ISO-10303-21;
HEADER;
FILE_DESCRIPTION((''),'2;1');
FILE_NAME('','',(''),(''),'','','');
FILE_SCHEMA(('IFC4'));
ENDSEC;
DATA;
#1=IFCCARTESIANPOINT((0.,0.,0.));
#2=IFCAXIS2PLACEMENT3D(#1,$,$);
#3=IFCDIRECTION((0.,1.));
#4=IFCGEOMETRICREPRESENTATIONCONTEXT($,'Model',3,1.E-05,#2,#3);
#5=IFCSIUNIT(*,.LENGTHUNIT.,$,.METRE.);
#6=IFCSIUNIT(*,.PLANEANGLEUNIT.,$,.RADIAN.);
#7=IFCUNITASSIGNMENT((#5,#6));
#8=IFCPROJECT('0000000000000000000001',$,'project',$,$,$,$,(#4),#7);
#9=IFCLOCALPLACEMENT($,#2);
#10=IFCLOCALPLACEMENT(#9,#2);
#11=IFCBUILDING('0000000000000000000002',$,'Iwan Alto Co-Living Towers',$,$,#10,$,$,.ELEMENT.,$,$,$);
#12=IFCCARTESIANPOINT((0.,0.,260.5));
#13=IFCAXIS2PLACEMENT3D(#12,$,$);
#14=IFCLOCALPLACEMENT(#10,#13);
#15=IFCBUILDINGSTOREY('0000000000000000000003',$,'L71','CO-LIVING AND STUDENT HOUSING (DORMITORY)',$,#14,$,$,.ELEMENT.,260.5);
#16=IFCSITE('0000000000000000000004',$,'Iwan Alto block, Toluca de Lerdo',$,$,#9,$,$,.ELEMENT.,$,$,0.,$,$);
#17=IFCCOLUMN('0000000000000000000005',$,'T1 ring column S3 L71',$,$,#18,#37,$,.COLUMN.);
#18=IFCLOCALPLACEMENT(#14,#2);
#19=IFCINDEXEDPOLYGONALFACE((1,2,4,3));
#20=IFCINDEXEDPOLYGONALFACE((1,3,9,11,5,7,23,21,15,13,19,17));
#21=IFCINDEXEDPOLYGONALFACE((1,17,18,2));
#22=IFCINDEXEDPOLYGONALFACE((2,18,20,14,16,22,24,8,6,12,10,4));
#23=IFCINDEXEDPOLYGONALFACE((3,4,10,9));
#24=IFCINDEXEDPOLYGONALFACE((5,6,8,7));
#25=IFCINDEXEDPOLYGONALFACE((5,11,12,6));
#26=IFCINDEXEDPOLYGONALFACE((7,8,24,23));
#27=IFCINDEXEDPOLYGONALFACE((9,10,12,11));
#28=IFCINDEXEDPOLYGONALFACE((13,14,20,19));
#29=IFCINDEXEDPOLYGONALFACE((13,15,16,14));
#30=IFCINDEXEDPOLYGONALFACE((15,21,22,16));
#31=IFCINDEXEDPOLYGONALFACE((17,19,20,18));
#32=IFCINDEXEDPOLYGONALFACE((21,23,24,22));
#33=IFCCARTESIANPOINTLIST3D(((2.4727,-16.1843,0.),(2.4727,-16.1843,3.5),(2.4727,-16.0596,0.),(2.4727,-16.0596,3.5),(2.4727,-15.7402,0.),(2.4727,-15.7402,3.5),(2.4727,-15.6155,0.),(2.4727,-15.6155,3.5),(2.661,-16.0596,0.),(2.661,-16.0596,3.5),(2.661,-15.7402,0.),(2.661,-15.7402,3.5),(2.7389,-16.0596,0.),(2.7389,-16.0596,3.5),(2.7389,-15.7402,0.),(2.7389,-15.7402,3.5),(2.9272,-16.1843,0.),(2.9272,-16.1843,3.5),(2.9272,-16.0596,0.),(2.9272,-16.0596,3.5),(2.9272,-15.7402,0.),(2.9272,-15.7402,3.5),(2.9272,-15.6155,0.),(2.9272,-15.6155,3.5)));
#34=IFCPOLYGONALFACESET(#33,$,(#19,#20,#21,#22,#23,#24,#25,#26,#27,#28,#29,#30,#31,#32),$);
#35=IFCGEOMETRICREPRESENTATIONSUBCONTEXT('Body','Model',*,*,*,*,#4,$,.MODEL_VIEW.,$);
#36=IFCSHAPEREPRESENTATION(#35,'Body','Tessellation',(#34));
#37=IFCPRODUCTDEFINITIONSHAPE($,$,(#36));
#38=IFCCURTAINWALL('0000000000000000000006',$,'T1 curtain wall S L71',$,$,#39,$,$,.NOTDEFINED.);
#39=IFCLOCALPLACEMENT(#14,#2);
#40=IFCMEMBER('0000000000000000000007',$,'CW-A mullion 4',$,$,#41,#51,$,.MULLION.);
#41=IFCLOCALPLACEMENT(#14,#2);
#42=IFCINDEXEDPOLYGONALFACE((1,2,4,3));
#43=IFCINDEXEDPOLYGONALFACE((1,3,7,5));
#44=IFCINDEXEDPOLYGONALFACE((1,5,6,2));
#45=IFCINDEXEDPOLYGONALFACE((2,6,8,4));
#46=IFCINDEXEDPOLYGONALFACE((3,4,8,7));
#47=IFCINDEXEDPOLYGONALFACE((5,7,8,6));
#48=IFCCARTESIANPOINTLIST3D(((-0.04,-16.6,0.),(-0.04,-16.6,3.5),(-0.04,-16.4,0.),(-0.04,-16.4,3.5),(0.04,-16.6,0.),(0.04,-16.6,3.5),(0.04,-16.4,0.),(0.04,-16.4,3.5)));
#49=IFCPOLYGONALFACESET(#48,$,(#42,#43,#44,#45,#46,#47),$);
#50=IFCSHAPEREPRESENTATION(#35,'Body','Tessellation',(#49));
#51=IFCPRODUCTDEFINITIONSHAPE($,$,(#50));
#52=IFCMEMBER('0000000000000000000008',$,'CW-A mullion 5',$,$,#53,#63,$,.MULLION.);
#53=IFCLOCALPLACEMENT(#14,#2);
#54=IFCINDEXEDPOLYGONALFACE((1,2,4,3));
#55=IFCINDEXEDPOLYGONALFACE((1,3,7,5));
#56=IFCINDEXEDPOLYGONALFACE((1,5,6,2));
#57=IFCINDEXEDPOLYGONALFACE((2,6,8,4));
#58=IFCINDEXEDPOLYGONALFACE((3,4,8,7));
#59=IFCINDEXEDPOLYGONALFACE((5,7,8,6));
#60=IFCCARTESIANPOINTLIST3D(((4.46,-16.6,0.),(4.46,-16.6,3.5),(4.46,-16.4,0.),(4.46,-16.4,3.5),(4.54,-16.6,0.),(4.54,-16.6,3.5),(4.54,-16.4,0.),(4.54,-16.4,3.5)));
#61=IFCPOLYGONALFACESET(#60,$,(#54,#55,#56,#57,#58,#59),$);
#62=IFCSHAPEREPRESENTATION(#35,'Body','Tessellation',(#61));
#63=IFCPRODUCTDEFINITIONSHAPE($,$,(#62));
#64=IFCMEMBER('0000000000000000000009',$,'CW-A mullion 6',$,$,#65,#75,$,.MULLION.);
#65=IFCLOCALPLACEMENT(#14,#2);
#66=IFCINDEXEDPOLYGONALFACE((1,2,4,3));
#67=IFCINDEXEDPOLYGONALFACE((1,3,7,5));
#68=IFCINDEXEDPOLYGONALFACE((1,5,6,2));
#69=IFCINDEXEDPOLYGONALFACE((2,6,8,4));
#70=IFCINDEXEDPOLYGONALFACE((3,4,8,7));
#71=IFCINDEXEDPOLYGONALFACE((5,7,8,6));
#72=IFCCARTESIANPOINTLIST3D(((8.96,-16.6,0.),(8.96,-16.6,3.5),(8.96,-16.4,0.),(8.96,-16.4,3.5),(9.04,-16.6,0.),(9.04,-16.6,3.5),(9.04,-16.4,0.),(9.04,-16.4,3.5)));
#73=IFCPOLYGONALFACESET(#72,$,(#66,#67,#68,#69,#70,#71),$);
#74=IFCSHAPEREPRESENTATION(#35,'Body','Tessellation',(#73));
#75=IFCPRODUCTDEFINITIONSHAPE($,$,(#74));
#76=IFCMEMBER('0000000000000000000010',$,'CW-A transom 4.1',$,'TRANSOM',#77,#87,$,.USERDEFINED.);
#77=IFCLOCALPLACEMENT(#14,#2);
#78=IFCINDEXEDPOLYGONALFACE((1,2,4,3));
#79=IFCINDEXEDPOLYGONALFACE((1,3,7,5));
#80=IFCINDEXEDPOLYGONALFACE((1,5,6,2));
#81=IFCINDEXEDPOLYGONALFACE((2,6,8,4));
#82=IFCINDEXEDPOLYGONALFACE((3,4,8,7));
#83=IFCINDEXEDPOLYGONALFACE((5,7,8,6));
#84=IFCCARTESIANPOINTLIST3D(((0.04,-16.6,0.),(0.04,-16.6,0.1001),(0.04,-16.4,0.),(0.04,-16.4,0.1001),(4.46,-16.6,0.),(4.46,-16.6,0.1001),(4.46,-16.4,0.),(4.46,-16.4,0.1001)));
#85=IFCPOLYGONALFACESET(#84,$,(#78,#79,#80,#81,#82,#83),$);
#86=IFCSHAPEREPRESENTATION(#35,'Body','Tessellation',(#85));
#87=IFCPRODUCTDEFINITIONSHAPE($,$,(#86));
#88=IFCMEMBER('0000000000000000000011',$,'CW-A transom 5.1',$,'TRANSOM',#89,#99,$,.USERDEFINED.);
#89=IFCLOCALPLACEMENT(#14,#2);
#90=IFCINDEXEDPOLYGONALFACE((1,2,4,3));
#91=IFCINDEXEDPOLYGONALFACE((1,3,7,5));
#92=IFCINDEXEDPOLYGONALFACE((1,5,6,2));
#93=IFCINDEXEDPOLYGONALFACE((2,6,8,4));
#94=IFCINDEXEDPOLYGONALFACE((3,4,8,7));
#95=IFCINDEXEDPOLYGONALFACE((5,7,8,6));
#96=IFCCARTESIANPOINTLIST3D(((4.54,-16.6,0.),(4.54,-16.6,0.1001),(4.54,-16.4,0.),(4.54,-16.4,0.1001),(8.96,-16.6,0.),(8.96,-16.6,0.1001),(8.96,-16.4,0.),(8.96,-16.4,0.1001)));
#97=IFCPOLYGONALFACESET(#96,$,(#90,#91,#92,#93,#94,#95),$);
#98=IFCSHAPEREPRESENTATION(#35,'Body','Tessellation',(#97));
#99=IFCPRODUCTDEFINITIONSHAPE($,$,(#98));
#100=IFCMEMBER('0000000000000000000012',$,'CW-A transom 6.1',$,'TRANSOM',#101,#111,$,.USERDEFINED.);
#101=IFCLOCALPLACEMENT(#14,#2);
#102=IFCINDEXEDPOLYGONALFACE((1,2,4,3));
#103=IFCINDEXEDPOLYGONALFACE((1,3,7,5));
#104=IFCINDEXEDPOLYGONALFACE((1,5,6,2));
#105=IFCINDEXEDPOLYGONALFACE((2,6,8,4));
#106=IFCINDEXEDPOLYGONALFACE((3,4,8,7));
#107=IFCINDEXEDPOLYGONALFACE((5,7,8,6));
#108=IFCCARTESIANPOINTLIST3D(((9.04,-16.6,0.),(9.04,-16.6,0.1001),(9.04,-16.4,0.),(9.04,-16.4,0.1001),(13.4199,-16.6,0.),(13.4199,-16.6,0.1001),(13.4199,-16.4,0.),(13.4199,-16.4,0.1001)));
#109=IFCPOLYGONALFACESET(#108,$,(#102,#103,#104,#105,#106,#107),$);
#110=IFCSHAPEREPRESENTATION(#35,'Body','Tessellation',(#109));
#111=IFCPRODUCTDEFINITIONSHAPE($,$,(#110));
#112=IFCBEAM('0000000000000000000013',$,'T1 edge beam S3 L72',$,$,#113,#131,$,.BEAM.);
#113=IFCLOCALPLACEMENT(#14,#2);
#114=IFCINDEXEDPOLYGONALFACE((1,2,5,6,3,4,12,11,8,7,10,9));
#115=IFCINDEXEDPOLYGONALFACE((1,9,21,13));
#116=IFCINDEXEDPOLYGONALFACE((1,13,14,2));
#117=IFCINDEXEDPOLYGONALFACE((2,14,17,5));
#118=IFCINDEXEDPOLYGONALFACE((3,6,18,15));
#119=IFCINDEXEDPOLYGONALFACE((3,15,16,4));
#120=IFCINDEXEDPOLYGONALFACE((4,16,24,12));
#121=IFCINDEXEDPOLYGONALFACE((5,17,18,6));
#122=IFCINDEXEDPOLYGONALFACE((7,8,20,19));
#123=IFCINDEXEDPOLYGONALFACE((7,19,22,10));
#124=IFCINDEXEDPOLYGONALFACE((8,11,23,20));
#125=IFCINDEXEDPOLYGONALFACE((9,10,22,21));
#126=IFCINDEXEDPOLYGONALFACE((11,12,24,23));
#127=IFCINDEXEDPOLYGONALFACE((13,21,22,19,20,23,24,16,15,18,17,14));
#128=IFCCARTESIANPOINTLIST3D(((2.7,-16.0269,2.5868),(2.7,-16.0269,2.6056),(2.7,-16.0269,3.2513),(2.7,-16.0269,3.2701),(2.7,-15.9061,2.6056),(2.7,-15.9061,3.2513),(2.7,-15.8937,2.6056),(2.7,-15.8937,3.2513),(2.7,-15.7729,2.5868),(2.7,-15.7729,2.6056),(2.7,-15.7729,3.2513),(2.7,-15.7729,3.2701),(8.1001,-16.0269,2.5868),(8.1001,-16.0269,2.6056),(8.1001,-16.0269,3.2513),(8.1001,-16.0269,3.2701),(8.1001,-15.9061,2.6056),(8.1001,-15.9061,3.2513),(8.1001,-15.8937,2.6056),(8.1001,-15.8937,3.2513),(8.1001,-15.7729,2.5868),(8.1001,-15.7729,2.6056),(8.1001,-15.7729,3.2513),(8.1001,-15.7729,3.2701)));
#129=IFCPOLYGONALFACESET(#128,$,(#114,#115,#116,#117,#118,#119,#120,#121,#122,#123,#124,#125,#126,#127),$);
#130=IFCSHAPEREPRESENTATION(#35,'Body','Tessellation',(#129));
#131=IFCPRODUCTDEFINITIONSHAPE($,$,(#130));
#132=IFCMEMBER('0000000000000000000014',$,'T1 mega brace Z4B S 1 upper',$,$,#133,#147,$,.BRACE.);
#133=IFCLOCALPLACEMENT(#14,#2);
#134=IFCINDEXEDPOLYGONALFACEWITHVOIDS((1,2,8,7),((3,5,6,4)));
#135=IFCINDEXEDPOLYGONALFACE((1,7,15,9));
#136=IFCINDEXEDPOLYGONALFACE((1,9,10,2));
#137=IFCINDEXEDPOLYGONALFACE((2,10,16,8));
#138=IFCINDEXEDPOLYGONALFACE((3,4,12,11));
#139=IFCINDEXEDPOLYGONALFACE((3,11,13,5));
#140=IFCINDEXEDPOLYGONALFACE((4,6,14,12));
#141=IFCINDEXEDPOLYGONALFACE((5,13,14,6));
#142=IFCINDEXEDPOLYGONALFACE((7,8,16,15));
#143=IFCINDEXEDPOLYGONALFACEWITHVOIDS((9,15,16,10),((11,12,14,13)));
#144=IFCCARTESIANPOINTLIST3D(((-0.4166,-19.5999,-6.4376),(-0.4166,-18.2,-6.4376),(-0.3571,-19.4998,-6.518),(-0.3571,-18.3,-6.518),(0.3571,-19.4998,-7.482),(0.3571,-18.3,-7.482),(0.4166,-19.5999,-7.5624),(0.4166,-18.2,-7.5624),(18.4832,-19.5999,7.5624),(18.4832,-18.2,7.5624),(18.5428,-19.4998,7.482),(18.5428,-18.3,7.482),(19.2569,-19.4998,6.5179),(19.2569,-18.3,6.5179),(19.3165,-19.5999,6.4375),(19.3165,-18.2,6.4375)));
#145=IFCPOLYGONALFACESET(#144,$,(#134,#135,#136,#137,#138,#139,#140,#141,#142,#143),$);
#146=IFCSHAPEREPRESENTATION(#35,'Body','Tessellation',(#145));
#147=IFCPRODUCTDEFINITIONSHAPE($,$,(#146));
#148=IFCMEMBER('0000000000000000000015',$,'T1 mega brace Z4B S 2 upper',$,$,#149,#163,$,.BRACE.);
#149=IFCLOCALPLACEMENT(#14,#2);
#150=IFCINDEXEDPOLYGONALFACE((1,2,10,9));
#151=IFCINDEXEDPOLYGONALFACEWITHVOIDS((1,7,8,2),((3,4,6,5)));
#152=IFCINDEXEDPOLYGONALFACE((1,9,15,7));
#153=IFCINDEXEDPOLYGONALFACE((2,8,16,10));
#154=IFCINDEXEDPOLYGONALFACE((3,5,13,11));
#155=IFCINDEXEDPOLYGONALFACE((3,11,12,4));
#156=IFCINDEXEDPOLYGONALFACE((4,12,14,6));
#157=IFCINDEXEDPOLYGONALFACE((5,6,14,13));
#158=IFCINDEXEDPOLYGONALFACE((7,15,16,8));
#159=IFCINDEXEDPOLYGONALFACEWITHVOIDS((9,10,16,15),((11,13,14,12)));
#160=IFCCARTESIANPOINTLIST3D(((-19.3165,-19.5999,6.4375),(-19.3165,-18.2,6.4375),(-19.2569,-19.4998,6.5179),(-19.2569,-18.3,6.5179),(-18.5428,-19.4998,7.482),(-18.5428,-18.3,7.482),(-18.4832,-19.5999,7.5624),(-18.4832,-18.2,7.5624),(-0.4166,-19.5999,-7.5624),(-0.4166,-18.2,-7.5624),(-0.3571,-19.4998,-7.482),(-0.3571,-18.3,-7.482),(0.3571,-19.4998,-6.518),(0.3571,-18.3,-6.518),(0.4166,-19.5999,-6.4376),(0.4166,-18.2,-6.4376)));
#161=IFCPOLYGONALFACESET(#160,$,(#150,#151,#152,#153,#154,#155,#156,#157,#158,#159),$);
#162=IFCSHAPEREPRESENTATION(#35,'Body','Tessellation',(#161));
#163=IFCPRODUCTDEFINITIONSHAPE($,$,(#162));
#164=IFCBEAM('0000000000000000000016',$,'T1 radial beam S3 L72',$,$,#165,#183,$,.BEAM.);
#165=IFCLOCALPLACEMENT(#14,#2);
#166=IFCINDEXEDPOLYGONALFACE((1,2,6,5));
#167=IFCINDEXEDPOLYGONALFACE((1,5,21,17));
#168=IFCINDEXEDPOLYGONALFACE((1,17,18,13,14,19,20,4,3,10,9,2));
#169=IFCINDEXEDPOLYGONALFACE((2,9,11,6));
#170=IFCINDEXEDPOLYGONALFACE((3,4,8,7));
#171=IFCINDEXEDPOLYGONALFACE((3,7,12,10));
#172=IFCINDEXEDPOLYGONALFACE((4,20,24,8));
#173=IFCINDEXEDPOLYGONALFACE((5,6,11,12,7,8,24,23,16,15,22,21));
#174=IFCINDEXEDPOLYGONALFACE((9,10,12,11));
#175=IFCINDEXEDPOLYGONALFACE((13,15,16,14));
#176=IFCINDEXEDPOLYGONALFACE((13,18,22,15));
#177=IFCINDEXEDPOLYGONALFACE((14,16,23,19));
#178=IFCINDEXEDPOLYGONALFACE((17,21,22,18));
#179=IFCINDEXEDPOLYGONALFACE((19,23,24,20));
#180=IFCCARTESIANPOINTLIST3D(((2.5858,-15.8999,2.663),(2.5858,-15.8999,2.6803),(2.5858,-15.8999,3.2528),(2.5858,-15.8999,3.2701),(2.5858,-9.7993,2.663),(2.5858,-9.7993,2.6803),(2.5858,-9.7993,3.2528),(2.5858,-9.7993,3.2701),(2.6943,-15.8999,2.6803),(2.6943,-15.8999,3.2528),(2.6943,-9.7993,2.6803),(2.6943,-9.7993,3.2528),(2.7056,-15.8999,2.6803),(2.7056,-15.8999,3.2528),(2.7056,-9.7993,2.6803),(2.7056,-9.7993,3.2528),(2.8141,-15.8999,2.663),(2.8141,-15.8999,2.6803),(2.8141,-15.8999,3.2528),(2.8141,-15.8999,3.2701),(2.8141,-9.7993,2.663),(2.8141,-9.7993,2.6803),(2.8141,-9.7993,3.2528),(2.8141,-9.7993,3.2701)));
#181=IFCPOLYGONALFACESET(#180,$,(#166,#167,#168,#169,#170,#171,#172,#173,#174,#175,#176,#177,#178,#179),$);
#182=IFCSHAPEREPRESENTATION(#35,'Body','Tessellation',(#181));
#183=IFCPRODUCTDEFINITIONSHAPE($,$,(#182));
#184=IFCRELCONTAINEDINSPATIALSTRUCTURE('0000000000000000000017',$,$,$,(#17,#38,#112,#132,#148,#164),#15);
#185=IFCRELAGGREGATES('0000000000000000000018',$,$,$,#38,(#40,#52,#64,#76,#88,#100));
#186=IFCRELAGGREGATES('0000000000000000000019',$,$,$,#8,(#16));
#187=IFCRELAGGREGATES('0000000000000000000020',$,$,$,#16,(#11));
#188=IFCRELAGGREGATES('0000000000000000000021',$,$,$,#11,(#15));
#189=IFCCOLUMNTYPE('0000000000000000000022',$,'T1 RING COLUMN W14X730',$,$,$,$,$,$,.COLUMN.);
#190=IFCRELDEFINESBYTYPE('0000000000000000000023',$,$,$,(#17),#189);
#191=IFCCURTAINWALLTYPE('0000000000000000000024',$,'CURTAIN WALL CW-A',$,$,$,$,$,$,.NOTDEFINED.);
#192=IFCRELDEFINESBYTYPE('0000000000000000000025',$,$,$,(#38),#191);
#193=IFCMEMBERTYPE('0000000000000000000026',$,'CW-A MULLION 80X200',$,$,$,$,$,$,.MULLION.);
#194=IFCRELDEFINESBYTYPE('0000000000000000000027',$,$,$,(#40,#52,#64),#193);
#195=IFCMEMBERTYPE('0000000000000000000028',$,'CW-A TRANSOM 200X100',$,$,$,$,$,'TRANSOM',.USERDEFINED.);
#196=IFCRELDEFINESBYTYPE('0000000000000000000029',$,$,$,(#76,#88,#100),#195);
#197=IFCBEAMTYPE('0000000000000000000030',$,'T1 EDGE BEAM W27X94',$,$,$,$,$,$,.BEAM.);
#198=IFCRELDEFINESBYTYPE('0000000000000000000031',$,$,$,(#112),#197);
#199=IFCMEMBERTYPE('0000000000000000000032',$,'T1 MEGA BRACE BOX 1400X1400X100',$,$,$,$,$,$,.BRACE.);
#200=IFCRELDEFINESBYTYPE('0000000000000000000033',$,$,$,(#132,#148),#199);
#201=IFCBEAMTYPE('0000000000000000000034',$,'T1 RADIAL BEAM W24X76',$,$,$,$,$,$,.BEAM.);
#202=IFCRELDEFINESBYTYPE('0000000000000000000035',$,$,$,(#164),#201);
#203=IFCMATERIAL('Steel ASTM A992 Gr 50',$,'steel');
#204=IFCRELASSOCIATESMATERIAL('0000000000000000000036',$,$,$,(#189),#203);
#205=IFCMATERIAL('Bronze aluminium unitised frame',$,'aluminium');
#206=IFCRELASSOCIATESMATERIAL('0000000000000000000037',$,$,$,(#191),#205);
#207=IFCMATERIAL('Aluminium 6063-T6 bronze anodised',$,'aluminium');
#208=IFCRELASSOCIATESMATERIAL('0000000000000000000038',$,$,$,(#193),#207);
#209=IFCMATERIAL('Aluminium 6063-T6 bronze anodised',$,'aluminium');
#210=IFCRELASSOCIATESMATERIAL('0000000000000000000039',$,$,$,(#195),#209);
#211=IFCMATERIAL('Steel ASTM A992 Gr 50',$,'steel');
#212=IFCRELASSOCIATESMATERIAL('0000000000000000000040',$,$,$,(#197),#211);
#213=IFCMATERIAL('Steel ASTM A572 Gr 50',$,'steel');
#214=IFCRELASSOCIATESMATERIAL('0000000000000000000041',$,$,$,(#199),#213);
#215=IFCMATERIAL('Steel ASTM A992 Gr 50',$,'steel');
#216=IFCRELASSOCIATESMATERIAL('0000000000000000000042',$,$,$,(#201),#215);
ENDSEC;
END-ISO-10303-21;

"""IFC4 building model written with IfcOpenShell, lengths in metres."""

from ifc_helpers import new_model, si_unit, direction, frame, origin, origin_2d, place, context, subcontext, project, spatial, rectangle, hollow_rectangle, i_section, extrude, material, material_profile, profile_set, type_object, element, aggregate, save


model = new_model("IFC4")

# Units and contexts
model_context = context("Model", 3, precision=1e-05, world=origin(), true_north=direction((0.0, 1.0)))
body_context = subcontext(model_context, "Body", "Model", "MODEL_VIEW")
ifc_project = project(units=[si_unit("LENGTHUNIT", "METRE"), si_unit("PLANEANGLEUNIT", "RADIAN")], contexts=[model_context])

# Site, building, storey
site_placement = place(None, origin())
site = spatial("IfcSite", under=ifc_project, at=site_placement, Name="Iwan Alto block, Toluca de Lerdo", CompositionType="ELEMENT", RefElevation=0.0)
building_placement = place(site_placement, origin())
building = spatial("IfcBuilding", under=site, at=building_placement, Name="Iwan Alto Co-Living Towers", CompositionType="ELEMENT")
storey_placement = place(building_placement, frame((0.0, 0.0, 260.5)))
storey = spatial("IfcBuildingStorey", under=building, at=storey_placement, Name="L71", Description="CO-LIVING AND STUDENT HOUSING (DORMITORY)", CompositionType="ELEMENT", Elevation=260.5)

# Column
ifc_material_1 = material(Name="Steel ASTM A992 Gr 50", Category="steel")
ifc_material_profile_1 = material_profile(ifc_material_1, i_section(OverallWidth=0.4546, OverallDepth=0.5688, WebThickness=0.0779, FlangeThickness=0.1248, at=origin_2d()), Name="W14X730")
ifc_profile_set_1 = profile_set([ifc_material_profile_1], Name="Steel ASTM A992 Gr 50")
column_type = type_object("IfcColumnType", Name="T1 RING COLUMN W14X730", PredefinedType="COLUMN", material=ifc_profile_set_1)
column_placement = place(storey_placement, frame((2.7, -15.8999, 0.0), z_axis=(0.0, 0.0, 1.0), x_axis=(1.0, 0.0, 0.0)))
element("IfcColumn", 1, at=column_placement, inside=storey, type_object=column_type, Name="T1 ring column S3 L71", PredefinedType="COLUMN", context=body_context, shape_type="SweptSolid", body=[
    extrude(i_section(OverallWidth=0.4546, OverallDepth=0.5688, WebThickness=0.0779, FlangeThickness=0.1248, at=origin_2d()), origin(), (0.0, 0.0, 1.0), 3.5),
])

# Curtain wall, members
ifc_material_2 = material(Name="Bronze aluminium unitised frame", Category="aluminium")
curtain_wall_type = type_object("IfcCurtainWallType", Name="CURTAIN WALL CW-A", PredefinedType="NOTDEFINED", material=ifc_material_2)
curtain_wall_placement = place(storey_placement, origin())
curtain_wall = element("IfcCurtainWall", 2, at=curtain_wall_placement, inside=storey, type_object=curtain_wall_type, Name="T1 curtain wall S L71", PredefinedType="NOTDEFINED")
ifc_material_3 = material(Name="Aluminium 6063-T6 bronze anodised", Category="aluminium")
ifc_material_profile_2 = material_profile(ifc_material_3, rectangle(XDim=0.2, YDim=0.0801, at=origin_2d()), Name="AL 80X200")
ifc_profile_set_2 = profile_set([ifc_material_profile_2], Name="Aluminium 6063-T6 bronze anodised")
member_type_1 = type_object("IfcMemberType", Name="CW-A MULLION 80X200", PredefinedType="MULLION", material=ifc_profile_set_2)
member_1_placement = place(storey_placement, frame((0.0, -16.5, 0.0), z_axis=(0.0, 0.0, 1.0), x_axis=(0.0, 1.0, 0.0)))
member_1 = element("IfcMember", 3, at=member_1_placement, type_object=member_type_1, Name="CW-A mullion 4", PredefinedType="MULLION", context=body_context, shape_type="SweptSolid", body=[
    extrude(rectangle(XDim=0.2, YDim=0.0801, at=origin_2d()), origin(), (0.0, 0.0, 1.0), 3.5),
])
member_2_placement = place(storey_placement, frame((4.5, -16.5, 0.0), z_axis=(0.0, 0.0, 1.0), x_axis=(0.0, 1.0, 0.0)))
member_2 = element("IfcMember", 4, at=member_2_placement, type_object=member_type_1, Name="CW-A mullion 5", PredefinedType="MULLION", context=body_context, shape_type="SweptSolid", body=[
    extrude(rectangle(XDim=0.2, YDim=0.0801, at=origin_2d()), origin(), (0.0, 0.0, 1.0), 3.5),
])
member_3_placement = place(storey_placement, frame((9.0, -16.5, 0.0), z_axis=(0.0, 0.0, 1.0), x_axis=(0.0, 1.0, 0.0)))
member_3 = element("IfcMember", 5, at=member_3_placement, type_object=member_type_1, Name="CW-A mullion 6", PredefinedType="MULLION", context=body_context, shape_type="SweptSolid", body=[
    extrude(rectangle(XDim=0.2, YDim=0.0801, at=origin_2d()), origin(), (0.0, 0.0, 1.0), 3.5),
])
ifc_material_4 = material(Name="Aluminium 6063-T6 bronze anodised", Category="aluminium")
ifc_material_profile_3 = material_profile(ifc_material_4, rectangle(XDim=0.2, YDim=0.1001, at=origin_2d()), Name="AL 200X100")
ifc_profile_set_3 = profile_set([ifc_material_profile_3], Name="Aluminium 6063-T6 bronze anodised")
member_type_2 = type_object("IfcMemberType", Name="CW-A TRANSOM 200X100", ElementType="TRANSOM", PredefinedType="USERDEFINED", material=ifc_profile_set_3)
member_4_placement = place(storey_placement, frame((0.04, -16.5, 0.05), z_axis=(1.0, 0.0, 0.0), x_axis=(0.0, 1.0, 0.0)))
member_4 = element("IfcMember", 6, at=member_4_placement, type_object=member_type_2, Name="CW-A transom 4.1", ObjectType="TRANSOM", PredefinedType="USERDEFINED", context=body_context, shape_type="SweptSolid", body=[
    extrude(rectangle(XDim=0.2, YDim=0.1001, at=origin_2d()), origin(), (0.0, 0.0, 1.0), 4.4199),
])
member_5_placement = place(storey_placement, frame((4.54, -16.5, 0.05), z_axis=(1.0, 0.0, 0.0), x_axis=(0.0, 1.0, 0.0)))
member_5 = element("IfcMember", 7, at=member_5_placement, type_object=member_type_2, Name="CW-A transom 5.1", ObjectType="TRANSOM", PredefinedType="USERDEFINED", context=body_context, shape_type="SweptSolid", body=[
    extrude(rectangle(XDim=0.2, YDim=0.1001, at=origin_2d()), origin(), (0.0, 0.0, 1.0), 4.4199),
])
member_6_placement = place(storey_placement, frame((9.04, -16.5, 0.05), z_axis=(1.0, 0.0, 0.0), x_axis=(0.0, 1.0, 0.0)))
member_6 = element("IfcMember", 8, at=member_6_placement, type_object=member_type_2, Name="CW-A transom 6.1", ObjectType="TRANSOM", PredefinedType="USERDEFINED", context=body_context, shape_type="SweptSolid", body=[
    extrude(rectangle(XDim=0.2, YDim=0.1001, at=origin_2d()), origin(), (0.0, 0.0, 1.0), 4.3799),
])

# Beam
ifc_material_5 = material(Name="Steel ASTM A992 Gr 50", Category="steel")
ifc_material_profile_4 = material_profile(ifc_material_5, i_section(OverallWidth=0.2539, OverallDepth=0.6833, WebThickness=0.0125, FlangeThickness=0.0188, at=origin_2d()), Name="W27X94")
ifc_profile_set_4 = profile_set([ifc_material_profile_4], Name="Steel ASTM A992 Gr 50")
beam_type_1 = type_object("IfcBeamType", Name="T1 EDGE BEAM W27X94", PredefinedType="BEAM", material=ifc_profile_set_4)
beam_1_placement = place(storey_placement, frame((2.7, -15.8999, 2.9285), z_axis=(1.0, 0.0, 0.0), x_axis=(0.0, 1.0, 0.0)))
element("IfcBeam", 9, at=beam_1_placement, inside=storey, type_object=beam_type_1, Name="T1 edge beam S3 L72", PredefinedType="BEAM", context=body_context, shape_type="SweptSolid", body=[
    extrude(i_section(OverallWidth=0.2539, OverallDepth=0.6833, WebThickness=0.0125, FlangeThickness=0.0188, at=origin_2d()), origin(), (0.0, 0.0, 1.0), 5.4001),
])

# Members
ifc_material_6 = material(Name="Steel ASTM A572 Gr 50", Category="steel")
ifc_material_profile_5 = material_profile(ifc_material_6, hollow_rectangle(XDim=1.3999, YDim=1.3999, WallThickness=0.1001, at=origin_2d()), Name="BOX 1400X1400X100")
ifc_profile_set_5 = profile_set([ifc_material_profile_5], Name="Steel ASTM A572 Gr 50")
member_type_3 = type_object("IfcMemberType", Name="T1 MEGA BRACE BOX 1400X1400X100", PredefinedType="BRACE", material=ifc_profile_set_5)
for number, where, z_axis, x_axis, name in (
    (10, (0.0, -18.8999, -7.0), (0.803556, 0.0, 0.59523), (0.0, 1.0, 0.0), "T1 mega brace Z4B S 1 upper"),
    (11, (0.0, -18.8999, -7.0), (-0.803556, 0.0, 0.59523), (0.0, -1.0, 0.0), "T1 mega brace Z4B S 2 upper"),
):
    element("IfcMember", number, at=place(storey_placement, frame(where, z_axis=z_axis, x_axis=x_axis)), inside=storey, type_object=member_type_3, Name=name, PredefinedType="BRACE", context=body_context, shape_type="SweptSolid", body=[
        extrude(hollow_rectangle(XDim=1.3999, YDim=1.3999, WallThickness=0.1001, at=origin_2d()), origin(), (0.0, 0.0, 1.0), 23.5203),
    ])

# Beam
ifc_material_7 = material(Name="Steel ASTM A992 Gr 50", Category="steel")
ifc_material_profile_6 = material_profile(ifc_material_7, i_section(OverallWidth=0.2283, OverallDepth=0.6072, WebThickness=0.0112, FlangeThickness=0.0173, at=origin_2d()), Name="W24X76")
ifc_profile_set_6 = profile_set([ifc_material_profile_6], Name="Steel ASTM A992 Gr 50")
beam_type_2 = type_object("IfcBeamType", Name="T1 RADIAL BEAM W24X76", PredefinedType="BEAM", material=ifc_profile_set_6)
beam_2_placement = place(storey_placement, frame((2.7, -15.8999, 2.9666), z_axis=(0.0, 1.0, 0.0), x_axis=(-1.0, 0.0, 0.0)))
element("IfcBeam", 12, at=beam_2_placement, inside=storey, type_object=beam_type_2, Name="T1 radial beam S3 L72", PredefinedType="BEAM", context=body_context, shape_type="SweptSolid", body=[
    extrude(i_section(OverallWidth=0.2283, OverallDepth=0.6072, WebThickness=0.0112, FlangeThickness=0.0173, at=origin_2d()), origin(), (0.0, 0.0, 1.0), 6.1006),
])

aggregate(curtain_wall, [member_1, member_2, member_3, member_4, member_5, member_6])

save(model, "model.ifc")
